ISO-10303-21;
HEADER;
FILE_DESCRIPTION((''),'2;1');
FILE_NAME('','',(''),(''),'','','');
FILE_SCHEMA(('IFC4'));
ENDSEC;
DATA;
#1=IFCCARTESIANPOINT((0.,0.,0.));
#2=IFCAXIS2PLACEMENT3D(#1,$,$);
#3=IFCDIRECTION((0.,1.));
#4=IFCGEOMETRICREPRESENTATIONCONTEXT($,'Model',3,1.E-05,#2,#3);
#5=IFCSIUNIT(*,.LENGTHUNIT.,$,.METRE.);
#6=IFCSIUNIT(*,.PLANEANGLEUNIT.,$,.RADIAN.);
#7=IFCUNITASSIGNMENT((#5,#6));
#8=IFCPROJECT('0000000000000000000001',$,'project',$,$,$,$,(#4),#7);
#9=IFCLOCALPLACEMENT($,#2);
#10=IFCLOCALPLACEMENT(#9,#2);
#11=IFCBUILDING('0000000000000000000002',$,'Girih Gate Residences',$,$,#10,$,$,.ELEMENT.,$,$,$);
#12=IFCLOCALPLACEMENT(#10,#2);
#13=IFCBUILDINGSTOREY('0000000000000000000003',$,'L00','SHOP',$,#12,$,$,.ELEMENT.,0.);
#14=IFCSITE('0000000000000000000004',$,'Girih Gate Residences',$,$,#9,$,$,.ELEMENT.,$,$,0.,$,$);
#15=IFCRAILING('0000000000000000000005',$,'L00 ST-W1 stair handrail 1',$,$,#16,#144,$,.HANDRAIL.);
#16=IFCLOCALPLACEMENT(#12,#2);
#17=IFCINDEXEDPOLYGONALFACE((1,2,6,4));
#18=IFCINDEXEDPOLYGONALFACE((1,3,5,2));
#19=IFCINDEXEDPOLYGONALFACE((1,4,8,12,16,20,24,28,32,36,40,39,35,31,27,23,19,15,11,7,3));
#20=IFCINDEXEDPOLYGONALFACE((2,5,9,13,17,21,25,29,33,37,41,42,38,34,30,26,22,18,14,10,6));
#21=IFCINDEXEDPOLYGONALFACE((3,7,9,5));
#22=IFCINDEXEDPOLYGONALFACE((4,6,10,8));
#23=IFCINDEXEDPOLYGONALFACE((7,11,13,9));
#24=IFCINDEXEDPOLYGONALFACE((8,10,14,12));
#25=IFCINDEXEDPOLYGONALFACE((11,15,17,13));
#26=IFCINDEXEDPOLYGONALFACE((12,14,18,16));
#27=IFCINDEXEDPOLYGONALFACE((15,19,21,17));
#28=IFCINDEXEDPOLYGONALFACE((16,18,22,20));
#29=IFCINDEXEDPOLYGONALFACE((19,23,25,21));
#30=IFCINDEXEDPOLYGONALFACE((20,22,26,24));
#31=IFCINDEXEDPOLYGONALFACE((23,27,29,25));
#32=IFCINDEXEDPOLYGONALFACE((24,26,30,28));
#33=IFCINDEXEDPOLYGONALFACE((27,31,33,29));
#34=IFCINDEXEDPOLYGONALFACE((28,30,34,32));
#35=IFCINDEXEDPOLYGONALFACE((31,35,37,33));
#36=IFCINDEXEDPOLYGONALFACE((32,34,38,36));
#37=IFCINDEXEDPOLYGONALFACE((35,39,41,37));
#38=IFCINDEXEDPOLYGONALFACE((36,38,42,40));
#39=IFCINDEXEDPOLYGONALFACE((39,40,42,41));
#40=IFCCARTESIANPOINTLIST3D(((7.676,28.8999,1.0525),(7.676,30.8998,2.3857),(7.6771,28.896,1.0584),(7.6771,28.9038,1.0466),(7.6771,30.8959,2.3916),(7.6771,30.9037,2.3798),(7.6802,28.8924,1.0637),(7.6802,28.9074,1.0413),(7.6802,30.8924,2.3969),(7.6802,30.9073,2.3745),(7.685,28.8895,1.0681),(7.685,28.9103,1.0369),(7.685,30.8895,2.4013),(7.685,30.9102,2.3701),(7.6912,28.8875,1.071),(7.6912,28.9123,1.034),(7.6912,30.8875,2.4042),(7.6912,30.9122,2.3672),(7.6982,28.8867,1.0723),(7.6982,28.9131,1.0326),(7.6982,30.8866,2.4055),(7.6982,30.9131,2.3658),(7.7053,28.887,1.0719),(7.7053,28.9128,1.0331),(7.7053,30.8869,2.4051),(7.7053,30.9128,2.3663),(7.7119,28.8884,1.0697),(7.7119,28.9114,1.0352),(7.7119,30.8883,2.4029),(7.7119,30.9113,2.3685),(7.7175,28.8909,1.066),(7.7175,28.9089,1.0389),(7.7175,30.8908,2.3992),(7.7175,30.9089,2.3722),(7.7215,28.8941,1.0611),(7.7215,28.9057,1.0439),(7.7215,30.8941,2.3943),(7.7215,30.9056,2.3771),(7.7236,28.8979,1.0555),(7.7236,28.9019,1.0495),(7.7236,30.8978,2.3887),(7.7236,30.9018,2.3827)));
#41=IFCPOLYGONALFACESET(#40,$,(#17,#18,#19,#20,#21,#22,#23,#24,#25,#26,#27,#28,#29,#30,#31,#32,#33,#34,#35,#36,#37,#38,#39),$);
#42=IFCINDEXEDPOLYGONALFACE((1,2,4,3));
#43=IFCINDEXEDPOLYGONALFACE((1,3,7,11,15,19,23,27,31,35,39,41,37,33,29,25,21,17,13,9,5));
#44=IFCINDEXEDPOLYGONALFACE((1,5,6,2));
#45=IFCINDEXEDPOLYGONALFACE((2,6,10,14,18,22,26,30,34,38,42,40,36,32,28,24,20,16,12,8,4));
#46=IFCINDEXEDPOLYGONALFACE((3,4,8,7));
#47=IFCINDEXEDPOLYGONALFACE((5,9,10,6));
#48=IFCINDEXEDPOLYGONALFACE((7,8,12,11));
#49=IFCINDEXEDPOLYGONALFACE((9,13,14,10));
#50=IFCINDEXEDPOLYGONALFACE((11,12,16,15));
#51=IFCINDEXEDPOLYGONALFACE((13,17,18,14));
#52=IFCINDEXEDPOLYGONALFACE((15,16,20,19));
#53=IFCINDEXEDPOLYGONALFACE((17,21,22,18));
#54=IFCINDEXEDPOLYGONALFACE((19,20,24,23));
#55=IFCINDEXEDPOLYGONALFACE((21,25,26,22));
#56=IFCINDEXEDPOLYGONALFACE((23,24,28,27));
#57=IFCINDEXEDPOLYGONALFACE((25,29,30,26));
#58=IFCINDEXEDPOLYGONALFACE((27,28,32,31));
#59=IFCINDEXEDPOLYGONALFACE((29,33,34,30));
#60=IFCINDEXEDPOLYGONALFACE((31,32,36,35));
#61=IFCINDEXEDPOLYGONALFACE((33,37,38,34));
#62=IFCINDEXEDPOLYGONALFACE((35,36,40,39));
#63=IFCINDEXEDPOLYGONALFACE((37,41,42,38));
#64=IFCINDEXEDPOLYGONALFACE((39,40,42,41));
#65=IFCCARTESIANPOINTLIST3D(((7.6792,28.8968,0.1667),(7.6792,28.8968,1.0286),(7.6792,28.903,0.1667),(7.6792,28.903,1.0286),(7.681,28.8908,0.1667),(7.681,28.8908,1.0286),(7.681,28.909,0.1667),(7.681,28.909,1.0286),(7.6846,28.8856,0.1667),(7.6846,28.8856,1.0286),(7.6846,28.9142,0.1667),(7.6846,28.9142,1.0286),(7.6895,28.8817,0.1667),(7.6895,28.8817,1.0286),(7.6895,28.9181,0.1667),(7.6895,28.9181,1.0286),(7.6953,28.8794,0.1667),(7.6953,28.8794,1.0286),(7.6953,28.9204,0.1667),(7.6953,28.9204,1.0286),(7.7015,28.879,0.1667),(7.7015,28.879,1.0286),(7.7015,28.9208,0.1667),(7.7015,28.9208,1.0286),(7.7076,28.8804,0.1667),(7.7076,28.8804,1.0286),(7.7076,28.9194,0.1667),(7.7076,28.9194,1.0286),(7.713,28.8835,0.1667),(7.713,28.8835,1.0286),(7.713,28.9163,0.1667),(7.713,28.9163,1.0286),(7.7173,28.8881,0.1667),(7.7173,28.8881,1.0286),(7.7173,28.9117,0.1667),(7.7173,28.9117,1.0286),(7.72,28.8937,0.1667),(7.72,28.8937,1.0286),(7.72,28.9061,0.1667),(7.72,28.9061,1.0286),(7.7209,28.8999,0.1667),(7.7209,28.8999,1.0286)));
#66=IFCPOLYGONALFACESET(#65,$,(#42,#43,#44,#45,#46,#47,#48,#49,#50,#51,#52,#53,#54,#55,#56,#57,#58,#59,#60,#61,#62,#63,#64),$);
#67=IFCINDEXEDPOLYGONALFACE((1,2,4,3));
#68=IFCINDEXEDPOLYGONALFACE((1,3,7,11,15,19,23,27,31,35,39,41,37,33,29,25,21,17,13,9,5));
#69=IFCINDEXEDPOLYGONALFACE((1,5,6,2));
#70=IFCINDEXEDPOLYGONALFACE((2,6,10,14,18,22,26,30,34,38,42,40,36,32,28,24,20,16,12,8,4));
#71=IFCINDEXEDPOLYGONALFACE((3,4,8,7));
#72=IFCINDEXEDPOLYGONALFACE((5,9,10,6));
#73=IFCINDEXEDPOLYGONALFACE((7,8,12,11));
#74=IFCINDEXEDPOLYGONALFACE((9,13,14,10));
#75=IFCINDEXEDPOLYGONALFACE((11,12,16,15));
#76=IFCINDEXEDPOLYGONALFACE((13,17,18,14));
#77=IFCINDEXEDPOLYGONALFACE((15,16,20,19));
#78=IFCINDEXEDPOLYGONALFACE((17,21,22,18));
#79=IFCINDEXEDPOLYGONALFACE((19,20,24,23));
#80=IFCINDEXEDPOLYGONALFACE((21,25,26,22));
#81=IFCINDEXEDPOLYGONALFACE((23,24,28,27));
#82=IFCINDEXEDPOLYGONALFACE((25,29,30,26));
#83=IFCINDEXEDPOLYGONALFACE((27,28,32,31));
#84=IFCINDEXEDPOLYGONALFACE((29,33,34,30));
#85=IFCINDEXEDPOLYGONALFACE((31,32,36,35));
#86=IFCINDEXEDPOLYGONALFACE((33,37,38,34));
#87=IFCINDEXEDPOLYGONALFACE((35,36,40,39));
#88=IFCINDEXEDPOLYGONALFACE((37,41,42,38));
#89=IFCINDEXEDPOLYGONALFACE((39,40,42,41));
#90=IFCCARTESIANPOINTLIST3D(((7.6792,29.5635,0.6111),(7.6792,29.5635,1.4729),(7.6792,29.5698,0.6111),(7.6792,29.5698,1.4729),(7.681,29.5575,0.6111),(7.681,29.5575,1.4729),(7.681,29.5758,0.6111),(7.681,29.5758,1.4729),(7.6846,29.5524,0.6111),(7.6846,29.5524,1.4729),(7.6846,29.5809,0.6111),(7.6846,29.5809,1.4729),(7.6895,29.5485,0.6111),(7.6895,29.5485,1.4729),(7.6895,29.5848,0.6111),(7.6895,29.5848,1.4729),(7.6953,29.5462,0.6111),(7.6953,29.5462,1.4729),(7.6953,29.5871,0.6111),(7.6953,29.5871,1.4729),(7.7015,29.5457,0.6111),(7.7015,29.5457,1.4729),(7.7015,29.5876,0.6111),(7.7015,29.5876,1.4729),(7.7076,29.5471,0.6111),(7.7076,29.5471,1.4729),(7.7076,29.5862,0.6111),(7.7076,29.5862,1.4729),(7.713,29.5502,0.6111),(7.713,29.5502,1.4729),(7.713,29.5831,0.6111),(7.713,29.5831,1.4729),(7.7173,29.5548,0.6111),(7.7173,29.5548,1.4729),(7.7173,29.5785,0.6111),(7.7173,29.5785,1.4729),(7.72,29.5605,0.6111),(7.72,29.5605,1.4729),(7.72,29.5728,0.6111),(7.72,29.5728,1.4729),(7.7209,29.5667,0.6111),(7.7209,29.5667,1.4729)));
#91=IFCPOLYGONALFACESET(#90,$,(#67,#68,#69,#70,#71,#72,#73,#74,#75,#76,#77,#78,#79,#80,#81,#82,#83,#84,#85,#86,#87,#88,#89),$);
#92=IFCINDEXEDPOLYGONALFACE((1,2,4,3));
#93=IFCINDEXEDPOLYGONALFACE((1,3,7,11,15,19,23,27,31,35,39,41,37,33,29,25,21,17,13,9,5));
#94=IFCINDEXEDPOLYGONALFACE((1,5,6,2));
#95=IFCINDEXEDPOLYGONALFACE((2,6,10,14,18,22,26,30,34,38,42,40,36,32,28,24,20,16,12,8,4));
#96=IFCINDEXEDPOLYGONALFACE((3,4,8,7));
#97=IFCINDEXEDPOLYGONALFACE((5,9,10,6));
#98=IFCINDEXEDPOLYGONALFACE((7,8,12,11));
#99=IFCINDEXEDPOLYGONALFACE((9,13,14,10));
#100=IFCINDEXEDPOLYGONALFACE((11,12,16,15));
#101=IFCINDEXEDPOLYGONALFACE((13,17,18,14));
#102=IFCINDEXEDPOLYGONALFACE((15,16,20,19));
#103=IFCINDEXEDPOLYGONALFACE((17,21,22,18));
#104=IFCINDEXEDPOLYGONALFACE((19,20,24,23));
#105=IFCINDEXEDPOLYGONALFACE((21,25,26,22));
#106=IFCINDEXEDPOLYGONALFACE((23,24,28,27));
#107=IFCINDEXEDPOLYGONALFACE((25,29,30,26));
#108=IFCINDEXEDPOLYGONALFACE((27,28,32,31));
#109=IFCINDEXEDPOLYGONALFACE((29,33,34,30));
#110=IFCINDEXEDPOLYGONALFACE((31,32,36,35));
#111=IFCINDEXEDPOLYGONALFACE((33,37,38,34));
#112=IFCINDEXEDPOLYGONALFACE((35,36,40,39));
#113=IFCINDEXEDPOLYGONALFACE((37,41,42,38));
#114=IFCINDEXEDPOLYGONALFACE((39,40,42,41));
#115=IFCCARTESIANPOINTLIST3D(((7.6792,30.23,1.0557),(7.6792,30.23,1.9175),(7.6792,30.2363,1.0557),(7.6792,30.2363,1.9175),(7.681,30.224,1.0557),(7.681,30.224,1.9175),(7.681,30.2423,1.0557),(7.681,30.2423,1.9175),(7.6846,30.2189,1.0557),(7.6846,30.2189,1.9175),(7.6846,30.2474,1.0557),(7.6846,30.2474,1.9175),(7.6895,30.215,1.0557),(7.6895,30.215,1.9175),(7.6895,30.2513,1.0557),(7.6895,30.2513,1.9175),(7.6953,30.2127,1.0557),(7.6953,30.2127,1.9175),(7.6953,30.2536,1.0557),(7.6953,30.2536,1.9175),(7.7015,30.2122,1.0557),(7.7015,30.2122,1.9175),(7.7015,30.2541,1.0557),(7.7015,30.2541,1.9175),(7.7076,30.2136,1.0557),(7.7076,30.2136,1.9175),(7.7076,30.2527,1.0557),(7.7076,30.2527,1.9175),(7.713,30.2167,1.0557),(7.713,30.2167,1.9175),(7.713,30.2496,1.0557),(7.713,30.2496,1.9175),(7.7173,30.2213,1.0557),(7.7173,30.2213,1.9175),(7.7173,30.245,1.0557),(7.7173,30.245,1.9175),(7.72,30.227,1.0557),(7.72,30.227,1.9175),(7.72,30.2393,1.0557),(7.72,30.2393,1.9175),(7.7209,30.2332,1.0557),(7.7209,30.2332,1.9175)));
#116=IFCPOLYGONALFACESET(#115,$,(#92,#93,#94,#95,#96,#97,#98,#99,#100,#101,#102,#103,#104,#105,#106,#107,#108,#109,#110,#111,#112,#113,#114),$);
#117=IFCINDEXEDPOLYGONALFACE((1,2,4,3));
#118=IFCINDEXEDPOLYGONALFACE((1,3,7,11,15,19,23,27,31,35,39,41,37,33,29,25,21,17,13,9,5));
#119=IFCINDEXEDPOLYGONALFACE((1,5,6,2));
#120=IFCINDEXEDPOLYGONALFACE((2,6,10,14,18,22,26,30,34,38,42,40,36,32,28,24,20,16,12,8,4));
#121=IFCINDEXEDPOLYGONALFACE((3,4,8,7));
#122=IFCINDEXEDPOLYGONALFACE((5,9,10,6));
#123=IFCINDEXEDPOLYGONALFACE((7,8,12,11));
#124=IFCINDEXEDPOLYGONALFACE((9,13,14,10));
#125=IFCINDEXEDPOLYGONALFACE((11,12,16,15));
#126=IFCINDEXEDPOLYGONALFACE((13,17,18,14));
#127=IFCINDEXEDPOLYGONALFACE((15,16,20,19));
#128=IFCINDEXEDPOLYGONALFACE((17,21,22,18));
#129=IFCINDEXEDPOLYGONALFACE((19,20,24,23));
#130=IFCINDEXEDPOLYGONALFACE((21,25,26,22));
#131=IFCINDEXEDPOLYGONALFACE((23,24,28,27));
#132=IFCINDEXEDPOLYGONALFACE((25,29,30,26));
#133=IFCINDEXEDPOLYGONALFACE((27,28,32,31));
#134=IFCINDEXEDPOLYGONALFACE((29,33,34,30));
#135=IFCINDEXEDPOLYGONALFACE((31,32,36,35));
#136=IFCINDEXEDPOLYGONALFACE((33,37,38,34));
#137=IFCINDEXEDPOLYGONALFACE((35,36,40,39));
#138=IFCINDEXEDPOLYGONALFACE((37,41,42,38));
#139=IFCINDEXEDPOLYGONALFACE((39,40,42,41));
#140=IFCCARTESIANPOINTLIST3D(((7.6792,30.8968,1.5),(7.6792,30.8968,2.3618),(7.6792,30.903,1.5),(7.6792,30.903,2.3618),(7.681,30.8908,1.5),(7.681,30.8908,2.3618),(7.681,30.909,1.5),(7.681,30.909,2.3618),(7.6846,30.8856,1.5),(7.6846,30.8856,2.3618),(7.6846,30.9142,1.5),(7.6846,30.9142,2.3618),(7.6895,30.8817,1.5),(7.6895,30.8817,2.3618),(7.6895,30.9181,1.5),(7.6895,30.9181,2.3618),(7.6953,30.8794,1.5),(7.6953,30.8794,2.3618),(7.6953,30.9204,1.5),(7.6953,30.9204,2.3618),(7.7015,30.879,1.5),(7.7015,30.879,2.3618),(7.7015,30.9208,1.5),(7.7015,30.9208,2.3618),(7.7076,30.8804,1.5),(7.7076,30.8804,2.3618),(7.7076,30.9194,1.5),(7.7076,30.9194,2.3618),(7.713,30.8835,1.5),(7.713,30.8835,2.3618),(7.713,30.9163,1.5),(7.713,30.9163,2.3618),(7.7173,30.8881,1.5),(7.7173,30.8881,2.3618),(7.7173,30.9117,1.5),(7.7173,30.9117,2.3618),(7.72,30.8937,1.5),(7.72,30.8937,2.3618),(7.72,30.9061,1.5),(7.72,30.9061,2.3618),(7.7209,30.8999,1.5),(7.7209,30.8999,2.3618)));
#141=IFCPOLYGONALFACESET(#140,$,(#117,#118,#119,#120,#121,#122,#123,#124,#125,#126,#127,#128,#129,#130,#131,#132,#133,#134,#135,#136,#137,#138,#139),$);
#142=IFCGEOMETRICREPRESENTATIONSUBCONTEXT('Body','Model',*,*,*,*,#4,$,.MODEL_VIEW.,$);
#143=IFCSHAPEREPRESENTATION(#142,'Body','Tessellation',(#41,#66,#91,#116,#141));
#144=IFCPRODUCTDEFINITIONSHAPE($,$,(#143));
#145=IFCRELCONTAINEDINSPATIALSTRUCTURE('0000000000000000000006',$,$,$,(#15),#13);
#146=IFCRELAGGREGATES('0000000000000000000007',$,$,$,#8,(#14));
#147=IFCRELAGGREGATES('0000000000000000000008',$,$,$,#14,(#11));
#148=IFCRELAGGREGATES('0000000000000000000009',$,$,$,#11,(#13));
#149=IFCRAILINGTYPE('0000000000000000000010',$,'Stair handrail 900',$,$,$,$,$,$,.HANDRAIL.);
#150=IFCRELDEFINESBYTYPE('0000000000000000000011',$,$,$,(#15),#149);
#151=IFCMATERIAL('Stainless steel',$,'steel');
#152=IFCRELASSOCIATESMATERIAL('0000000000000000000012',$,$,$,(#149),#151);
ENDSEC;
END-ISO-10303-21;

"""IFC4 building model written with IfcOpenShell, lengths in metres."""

from ifc_helpers import new_model, si_unit, direction, frame, origin, origin_2d, place, context, subcontext, project, spatial, circle, extrude, material, type_object, element, save


model = new_model("IFC4")

# Units and contexts
model_context = context("Model", 3, precision=1e-05, world=origin(), true_north=direction((0.0, 1.0)))
body_context = subcontext(model_context, "Body", "Model", "MODEL_VIEW")
ifc_project = project(units=[si_unit("LENGTHUNIT", "METRE"), si_unit("PLANEANGLEUNIT", "RADIAN")], contexts=[model_context])

# Site, building, storey
site_placement = place(None, origin())
site = spatial("IfcSite", under=ifc_project, at=site_placement, Name="Girih Gate Residences", CompositionType="ELEMENT", RefElevation=0.0)
building_placement = place(site_placement, origin())
building = spatial("IfcBuilding", under=site, at=building_placement, Name="Girih Gate Residences", CompositionType="ELEMENT")
storey_placement = place(building_placement, origin())
storey = spatial("IfcBuildingStorey", under=building, at=storey_placement, Name="L00", Description="SHOP", CompositionType="ELEMENT", Elevation=0.0)

# Railing
ifc_material_1 = material(Name="Stainless steel", Category="steel")
railing_type_1 = type_object("IfcRailingType", Name="Stair handrail 900", PredefinedType="HANDRAIL", material=ifc_material_1)
railing_1_placement = place(storey_placement, frame((7.7, 28.8999, 0.1667)))
element("IfcRailing", 1, at=railing_1_placement, inside=storey, type_object=railing_type_1, Name="L00 ST-W1 stair handrail 1", PredefinedType="HANDRAIL", context=body_context, shape_type="SweptSolid", body=[
    extrude(circle(Radius=0.0239, at=origin_2d()), frame((0.0, 0.0, 0.8857), z_axis=(0.0, 0.832066, 0.554677), x_axis=(-1.0, 0.0, 0.0)), (0.0, 0.0, 1.0), 2.4036),
    extrude(circle(Radius=0.021, at=origin_2d()), origin(), (0.0, 0.0, 1.0), 0.8618),
    extrude(circle(Radius=0.021, at=origin_2d()), frame((0.0, 0.6667, 0.4443)), (0.0, 0.0, 1.0), 0.8618),
    extrude(circle(Radius=0.021, at=origin_2d()), frame((0.0, 1.3333, 0.8889)), (0.0, 0.0, 1.0), 0.8618),
    extrude(circle(Radius=0.021, at=origin_2d()), frame((0.0, 2.0, 1.3333)), (0.0, 0.0, 1.0), 0.8618),
])

save(model, "model.ifc")
